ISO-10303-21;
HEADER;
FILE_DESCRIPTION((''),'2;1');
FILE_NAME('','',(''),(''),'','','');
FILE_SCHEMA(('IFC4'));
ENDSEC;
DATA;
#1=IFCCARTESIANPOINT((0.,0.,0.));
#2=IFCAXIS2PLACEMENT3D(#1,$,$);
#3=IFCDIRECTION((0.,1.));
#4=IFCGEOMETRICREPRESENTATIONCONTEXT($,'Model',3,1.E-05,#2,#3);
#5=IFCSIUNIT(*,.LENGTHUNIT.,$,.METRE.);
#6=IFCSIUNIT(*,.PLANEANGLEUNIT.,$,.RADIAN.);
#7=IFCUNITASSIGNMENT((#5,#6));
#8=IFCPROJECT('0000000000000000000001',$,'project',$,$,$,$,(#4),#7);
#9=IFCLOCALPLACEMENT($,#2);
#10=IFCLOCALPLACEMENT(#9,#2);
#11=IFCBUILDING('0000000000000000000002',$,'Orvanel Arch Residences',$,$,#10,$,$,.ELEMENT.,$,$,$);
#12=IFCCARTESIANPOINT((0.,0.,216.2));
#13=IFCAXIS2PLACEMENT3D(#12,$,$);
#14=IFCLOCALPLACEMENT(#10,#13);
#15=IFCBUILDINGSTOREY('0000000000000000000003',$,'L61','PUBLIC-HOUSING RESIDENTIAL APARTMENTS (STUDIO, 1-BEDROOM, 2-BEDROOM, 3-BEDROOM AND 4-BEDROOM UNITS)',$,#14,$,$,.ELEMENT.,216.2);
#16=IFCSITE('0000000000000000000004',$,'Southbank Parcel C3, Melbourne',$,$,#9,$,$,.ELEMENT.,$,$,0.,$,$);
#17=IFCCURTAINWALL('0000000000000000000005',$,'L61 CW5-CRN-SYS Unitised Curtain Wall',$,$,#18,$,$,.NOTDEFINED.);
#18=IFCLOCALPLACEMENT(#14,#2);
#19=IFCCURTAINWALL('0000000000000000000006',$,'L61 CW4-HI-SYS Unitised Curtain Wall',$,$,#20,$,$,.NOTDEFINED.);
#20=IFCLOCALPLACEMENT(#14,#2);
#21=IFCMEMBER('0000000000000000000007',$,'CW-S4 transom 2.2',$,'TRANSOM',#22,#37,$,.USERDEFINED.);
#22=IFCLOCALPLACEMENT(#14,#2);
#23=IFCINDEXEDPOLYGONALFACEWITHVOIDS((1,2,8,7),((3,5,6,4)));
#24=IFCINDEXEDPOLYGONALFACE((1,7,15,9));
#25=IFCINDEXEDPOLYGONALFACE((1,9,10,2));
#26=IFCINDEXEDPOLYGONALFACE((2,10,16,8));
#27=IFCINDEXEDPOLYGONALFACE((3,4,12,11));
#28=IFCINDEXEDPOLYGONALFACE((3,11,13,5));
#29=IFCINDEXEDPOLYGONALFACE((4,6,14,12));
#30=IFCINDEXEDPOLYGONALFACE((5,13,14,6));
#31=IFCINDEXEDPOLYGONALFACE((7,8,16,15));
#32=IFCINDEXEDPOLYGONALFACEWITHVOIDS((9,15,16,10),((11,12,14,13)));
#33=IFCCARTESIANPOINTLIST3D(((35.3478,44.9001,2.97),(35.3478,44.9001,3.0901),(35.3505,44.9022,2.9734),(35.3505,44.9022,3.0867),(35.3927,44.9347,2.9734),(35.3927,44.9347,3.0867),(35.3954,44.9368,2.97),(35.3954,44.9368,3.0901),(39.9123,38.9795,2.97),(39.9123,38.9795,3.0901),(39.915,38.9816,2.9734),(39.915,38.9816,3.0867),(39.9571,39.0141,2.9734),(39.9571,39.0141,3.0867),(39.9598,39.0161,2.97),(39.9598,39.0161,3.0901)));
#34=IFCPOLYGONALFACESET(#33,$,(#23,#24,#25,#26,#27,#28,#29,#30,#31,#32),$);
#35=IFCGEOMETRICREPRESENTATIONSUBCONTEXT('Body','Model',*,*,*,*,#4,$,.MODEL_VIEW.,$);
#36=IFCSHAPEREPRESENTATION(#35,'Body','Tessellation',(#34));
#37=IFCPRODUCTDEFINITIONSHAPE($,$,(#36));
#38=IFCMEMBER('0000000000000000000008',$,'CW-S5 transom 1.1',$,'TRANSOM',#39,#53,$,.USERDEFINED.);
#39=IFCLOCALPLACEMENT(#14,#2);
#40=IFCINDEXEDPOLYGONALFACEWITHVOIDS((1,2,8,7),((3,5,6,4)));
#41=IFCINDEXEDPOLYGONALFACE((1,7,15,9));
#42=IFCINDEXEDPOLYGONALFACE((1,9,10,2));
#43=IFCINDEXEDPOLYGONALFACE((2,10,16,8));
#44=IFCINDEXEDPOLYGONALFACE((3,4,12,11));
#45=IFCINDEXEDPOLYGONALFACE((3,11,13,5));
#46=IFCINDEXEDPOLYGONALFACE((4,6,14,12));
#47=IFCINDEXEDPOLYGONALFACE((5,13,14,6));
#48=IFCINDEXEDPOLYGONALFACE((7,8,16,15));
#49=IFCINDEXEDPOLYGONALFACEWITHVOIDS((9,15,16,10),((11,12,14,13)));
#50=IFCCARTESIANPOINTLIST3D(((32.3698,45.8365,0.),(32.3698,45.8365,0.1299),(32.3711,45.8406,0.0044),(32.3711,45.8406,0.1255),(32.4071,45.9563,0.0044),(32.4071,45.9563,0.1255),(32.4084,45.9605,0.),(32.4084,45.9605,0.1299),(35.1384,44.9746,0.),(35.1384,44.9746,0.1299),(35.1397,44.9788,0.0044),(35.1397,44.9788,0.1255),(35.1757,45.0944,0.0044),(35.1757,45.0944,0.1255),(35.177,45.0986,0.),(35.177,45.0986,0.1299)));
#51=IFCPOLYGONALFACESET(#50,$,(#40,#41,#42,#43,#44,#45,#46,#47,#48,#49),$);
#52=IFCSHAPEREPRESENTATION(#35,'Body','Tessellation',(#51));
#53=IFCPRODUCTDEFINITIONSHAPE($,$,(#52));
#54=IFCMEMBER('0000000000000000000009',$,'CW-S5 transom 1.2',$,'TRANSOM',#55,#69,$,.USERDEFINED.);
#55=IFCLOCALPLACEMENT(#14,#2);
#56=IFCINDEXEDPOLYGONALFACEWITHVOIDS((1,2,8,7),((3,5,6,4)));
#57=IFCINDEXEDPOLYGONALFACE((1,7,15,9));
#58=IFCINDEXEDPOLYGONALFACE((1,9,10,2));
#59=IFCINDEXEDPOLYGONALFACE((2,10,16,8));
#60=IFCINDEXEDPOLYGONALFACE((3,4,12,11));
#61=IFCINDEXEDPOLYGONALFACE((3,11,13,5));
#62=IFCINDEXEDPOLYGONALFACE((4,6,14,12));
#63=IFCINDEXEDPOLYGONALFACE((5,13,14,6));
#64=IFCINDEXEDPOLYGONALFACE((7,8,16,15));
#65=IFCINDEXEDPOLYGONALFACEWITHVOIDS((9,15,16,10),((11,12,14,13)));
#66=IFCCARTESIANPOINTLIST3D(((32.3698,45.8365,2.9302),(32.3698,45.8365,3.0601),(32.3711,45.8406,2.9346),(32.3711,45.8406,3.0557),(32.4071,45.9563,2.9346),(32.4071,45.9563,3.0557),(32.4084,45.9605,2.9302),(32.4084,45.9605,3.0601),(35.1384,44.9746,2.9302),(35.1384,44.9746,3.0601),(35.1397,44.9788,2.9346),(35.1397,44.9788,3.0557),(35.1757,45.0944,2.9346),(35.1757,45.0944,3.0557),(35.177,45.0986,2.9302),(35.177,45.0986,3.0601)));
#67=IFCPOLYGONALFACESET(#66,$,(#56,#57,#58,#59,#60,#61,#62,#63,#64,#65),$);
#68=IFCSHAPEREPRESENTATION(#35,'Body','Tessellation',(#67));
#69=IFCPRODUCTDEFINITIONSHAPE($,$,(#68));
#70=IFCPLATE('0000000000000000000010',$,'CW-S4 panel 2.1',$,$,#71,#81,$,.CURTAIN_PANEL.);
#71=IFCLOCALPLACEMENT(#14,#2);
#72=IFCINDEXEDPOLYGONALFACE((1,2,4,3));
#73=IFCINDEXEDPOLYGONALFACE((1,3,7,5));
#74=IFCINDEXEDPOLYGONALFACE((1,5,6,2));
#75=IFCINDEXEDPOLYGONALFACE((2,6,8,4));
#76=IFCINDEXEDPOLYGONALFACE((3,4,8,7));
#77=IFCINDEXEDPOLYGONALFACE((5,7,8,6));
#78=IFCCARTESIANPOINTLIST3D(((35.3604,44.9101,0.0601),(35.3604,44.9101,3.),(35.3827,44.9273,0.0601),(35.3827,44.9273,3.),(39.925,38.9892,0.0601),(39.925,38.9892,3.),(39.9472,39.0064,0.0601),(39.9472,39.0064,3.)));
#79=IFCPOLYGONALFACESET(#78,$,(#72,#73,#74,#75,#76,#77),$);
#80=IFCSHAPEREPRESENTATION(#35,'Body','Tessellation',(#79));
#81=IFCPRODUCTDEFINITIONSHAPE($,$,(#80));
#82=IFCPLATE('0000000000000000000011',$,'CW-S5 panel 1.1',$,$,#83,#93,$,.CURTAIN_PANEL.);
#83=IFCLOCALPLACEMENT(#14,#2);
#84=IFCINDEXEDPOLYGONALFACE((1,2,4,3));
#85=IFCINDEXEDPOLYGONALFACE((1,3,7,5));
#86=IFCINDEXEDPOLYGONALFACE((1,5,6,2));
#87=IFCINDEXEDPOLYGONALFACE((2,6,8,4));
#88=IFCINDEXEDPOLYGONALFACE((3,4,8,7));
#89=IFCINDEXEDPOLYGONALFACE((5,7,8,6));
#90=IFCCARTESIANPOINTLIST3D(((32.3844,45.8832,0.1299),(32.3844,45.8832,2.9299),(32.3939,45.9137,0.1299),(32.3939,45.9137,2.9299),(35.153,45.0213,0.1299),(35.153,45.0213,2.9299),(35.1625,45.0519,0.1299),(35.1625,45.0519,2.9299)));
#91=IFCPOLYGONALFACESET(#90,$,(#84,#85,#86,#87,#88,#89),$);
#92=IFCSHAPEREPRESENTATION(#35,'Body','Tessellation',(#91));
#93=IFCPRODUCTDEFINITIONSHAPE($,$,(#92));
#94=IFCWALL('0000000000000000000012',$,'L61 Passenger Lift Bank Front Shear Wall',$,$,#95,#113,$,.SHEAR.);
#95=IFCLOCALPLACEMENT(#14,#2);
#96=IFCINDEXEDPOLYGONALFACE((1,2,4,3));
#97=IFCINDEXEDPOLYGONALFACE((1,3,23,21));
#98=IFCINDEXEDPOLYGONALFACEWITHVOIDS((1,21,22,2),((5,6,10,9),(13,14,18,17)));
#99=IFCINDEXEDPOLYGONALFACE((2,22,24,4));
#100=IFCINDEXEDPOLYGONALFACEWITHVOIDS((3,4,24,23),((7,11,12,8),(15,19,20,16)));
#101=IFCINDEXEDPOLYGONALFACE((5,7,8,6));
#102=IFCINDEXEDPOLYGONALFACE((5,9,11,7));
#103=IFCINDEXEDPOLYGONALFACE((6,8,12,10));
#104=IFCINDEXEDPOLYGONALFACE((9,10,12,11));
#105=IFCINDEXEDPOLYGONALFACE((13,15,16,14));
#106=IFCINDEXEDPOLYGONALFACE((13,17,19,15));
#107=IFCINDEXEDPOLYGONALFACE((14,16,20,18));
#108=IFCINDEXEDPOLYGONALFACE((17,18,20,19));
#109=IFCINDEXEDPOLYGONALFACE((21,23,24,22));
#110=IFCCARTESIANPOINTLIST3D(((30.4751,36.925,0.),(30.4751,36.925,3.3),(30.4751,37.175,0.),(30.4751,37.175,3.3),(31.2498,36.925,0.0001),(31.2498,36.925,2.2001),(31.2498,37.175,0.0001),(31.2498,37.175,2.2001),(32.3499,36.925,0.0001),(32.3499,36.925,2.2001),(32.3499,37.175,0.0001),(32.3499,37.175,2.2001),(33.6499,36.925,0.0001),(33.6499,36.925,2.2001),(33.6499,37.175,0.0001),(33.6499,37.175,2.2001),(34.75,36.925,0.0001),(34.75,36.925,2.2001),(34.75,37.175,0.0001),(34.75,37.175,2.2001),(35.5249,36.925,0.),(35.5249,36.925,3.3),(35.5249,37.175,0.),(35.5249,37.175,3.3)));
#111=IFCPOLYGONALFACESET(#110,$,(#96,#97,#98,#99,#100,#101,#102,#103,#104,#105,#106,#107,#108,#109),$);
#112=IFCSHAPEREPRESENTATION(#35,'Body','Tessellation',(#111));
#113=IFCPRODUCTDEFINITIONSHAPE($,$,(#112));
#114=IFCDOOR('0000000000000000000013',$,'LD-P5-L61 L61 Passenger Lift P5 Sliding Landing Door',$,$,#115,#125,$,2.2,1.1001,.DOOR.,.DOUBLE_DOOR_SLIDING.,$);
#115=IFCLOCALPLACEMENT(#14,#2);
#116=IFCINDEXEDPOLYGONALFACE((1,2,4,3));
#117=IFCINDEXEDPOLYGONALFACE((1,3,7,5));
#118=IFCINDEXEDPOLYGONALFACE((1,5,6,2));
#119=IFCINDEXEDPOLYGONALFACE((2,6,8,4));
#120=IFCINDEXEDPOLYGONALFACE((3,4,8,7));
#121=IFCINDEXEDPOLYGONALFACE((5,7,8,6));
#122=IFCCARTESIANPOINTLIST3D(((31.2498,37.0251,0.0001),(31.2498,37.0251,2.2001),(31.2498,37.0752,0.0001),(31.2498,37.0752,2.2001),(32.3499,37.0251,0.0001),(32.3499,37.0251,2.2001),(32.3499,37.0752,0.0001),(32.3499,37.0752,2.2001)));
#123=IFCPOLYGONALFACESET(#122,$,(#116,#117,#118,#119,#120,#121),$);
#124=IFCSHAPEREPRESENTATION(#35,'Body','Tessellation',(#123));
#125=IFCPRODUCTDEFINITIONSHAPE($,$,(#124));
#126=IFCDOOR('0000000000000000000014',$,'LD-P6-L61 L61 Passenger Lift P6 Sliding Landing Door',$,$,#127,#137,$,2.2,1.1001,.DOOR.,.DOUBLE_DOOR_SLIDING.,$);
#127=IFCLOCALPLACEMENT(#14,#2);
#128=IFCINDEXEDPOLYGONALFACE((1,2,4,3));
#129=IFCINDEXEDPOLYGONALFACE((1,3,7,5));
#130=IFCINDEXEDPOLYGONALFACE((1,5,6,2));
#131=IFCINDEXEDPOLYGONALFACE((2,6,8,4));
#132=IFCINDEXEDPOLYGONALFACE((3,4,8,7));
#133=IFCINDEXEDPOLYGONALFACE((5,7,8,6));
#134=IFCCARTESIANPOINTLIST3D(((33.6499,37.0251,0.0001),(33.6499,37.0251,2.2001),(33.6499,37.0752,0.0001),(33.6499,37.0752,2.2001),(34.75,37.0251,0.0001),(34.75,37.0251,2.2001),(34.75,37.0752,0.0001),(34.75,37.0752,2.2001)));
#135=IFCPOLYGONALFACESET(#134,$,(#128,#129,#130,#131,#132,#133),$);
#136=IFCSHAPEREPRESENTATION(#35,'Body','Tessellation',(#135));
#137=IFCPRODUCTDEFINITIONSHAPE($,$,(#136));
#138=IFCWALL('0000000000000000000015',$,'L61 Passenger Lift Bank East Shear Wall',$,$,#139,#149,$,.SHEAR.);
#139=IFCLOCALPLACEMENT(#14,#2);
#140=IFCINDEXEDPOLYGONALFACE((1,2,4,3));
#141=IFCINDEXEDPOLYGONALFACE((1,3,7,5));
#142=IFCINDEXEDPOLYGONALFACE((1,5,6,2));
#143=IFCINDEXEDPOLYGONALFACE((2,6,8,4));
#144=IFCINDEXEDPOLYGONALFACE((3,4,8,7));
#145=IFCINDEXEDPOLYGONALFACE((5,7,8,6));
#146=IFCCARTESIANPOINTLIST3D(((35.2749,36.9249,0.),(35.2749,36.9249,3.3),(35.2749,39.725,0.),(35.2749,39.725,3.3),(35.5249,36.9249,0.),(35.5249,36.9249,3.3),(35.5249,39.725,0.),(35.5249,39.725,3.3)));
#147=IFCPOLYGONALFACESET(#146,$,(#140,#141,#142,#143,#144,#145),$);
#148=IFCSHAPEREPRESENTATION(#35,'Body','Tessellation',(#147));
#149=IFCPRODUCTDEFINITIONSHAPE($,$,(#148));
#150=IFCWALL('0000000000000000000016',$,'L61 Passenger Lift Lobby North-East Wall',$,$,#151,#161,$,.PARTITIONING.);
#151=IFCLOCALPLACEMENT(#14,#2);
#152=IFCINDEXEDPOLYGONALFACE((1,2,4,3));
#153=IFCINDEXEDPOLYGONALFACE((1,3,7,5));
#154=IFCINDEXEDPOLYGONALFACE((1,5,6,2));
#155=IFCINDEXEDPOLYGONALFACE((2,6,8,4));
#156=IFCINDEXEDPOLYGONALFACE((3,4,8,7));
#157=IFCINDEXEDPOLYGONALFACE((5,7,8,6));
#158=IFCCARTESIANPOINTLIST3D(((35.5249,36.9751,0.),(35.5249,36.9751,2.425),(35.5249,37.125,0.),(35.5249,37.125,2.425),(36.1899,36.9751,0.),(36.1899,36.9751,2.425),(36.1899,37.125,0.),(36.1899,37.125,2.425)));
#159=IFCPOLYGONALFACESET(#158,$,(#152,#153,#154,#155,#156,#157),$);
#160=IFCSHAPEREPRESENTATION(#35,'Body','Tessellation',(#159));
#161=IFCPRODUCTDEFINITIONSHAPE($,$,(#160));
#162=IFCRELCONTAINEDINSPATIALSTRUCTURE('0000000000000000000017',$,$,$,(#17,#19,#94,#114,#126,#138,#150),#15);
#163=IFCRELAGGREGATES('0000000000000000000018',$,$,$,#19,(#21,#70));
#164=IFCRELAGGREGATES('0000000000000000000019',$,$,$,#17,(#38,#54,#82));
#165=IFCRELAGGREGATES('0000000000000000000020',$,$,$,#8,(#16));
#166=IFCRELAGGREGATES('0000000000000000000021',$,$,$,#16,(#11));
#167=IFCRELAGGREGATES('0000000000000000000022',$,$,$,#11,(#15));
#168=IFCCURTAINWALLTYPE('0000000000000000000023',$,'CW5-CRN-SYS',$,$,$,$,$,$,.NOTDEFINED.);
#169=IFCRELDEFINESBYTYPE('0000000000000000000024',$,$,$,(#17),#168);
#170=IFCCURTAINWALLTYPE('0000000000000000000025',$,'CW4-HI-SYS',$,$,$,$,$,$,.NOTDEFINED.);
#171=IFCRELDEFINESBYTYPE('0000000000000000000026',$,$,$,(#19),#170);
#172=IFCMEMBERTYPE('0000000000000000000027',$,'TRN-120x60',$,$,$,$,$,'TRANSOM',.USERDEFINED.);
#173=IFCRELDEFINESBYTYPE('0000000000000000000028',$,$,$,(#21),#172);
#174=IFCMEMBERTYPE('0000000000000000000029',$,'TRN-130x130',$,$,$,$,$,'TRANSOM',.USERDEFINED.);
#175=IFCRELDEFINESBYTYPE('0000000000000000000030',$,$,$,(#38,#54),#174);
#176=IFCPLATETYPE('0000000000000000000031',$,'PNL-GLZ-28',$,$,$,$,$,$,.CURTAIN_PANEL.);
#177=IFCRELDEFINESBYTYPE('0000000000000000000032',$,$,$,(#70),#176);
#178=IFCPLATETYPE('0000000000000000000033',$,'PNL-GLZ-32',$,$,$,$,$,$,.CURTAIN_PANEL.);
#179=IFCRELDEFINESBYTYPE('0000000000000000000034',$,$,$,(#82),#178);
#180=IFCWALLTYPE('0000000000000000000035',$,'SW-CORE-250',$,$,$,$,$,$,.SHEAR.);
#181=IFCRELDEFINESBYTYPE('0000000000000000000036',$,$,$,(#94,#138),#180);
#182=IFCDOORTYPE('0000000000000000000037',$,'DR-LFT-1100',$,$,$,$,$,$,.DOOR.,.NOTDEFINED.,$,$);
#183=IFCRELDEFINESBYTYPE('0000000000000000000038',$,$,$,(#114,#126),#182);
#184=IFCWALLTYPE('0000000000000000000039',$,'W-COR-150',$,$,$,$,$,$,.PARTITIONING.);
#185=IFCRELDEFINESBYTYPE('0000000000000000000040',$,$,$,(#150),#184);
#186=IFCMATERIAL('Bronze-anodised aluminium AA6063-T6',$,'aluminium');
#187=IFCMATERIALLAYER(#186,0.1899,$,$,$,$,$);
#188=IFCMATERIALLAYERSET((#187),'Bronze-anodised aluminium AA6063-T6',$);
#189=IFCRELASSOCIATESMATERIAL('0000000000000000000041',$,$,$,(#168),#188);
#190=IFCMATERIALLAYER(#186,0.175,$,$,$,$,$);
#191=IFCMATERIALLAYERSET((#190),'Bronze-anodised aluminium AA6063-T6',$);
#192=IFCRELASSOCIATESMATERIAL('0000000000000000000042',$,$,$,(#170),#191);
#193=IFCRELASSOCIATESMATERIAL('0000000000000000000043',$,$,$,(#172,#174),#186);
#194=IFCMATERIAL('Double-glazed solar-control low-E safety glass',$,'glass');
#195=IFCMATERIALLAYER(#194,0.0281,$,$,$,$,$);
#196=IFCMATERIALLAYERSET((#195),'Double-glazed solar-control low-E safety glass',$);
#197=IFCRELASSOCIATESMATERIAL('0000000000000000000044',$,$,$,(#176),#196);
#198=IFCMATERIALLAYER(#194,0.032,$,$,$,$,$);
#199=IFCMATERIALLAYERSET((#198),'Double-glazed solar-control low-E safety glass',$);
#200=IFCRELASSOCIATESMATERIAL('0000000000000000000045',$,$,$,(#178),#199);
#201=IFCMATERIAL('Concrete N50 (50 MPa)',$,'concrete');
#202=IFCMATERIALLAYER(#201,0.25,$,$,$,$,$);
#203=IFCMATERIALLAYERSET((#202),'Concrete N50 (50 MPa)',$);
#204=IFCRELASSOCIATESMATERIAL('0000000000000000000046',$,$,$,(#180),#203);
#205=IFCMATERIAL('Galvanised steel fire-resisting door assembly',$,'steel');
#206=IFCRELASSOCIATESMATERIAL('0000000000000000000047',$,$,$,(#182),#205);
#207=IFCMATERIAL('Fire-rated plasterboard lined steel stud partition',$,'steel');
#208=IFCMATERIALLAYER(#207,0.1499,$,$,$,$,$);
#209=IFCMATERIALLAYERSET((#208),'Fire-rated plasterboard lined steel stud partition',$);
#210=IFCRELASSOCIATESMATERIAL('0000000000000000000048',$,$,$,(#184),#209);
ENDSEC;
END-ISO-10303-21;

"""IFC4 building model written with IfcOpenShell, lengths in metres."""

from ifc_helpers import new_model, si_unit, direction, frame, frame_2d, origin, origin_2d, place, context, subcontext, project, spatial, rectangle, hollow_rectangle, extrude, material, layer, layer_set, material_profile, profile_set, type_object, element, fill, aggregate, save


model = new_model("IFC4")

# Units and contexts
model_context = context("Model", 3, precision=1e-05, world=origin(), true_north=direction((0.0, 1.0)))
body_context = subcontext(model_context, "Body", "Model", "MODEL_VIEW")
ifc_project = project(units=[si_unit("LENGTHUNIT", "METRE"), si_unit("PLANEANGLEUNIT", "RADIAN")], contexts=[model_context])

# Site, building, storey
site_placement = place(None, origin())
site = spatial("IfcSite", under=ifc_project, at=site_placement, Name="Southbank Parcel C3, Melbourne", CompositionType="ELEMENT", RefElevation=0.0)
building_placement = place(site_placement, origin())
building = spatial("IfcBuilding", under=site, at=building_placement, Name="Orvanel Arch Residences", CompositionType="ELEMENT")
storey_placement = place(building_placement, frame((0.0, 0.0, 216.2)))
storey = spatial("IfcBuildingStorey", under=building, at=storey_placement, Name="L61", Description="PUBLIC-HOUSING RESIDENTIAL APARTMENTS (STUDIO, 1-BEDROOM, 2-BEDROOM, 3-BEDROOM AND 4-BEDROOM UNITS)", CompositionType="ELEMENT", Elevation=216.2)

# Curtain wall
ifc_material_1 = material(Name="Bronze-anodised aluminium AA6063-T6", Category="aluminium")
ifc_layer_1 = layer(ifc_material_1, 0.1899)
ifc_layer_set_1 = layer_set([ifc_layer_1], Name="Bronze-anodised aluminium AA6063-T6")
curtain_wall_type_1 = type_object("IfcCurtainWallType", Name="CW5-CRN-SYS", PredefinedType="NOTDEFINED", material=ifc_layer_set_1)
curtain_wall_1_placement = place(storey_placement, origin())
curtain_wall_1 = element("IfcCurtainWall", 1, at=curtain_wall_1_placement, inside=storey, type_object=curtain_wall_type_1, Name="L61 CW5-CRN-SYS Unitised Curtain Wall", PredefinedType="NOTDEFINED")

# Curtain wall
ifc_layer_2 = layer(ifc_material_1, 0.175)
ifc_layer_set_2 = layer_set([ifc_layer_2], Name="Bronze-anodised aluminium AA6063-T6")
curtain_wall_type_2 = type_object("IfcCurtainWallType", Name="CW4-HI-SYS", PredefinedType="NOTDEFINED", material=ifc_layer_set_2)
curtain_wall_2_placement = place(storey_placement, origin())
curtain_wall_2 = element("IfcCurtainWall", 2, at=curtain_wall_2_placement, inside=storey, type_object=curtain_wall_type_2, Name="L61 CW4-HI-SYS Unitised Curtain Wall", PredefinedType="NOTDEFINED")

# Members
ifc_material_profile_1 = material_profile(ifc_material_1, hollow_rectangle(XDim=0.0601, YDim=0.1201, WallThickness=0.0034, at=origin_2d()), Name="ALU120x60x3.5")
ifc_profile_set_1 = profile_set([ifc_material_profile_1], Name="Bronze-anodised aluminium AA6063-T6")
member_type_1 = type_object("IfcMemberType", Name="TRN-120x60", ElementType="TRANSOM", PredefinedType="USERDEFINED", material=ifc_profile_set_1)
member_1_placement = place(storey_placement, frame((39.936, 38.9978, 3.03), z_axis=(-0.610559, 0.79197, 0.0), x_axis=(-0.79197, -0.610559, 0.0)))
member_1 = element("IfcMember", 3, at=member_1_placement, type_object=member_type_1, Name="CW-S4 transom 2.2", ObjectType="TRANSOM", PredefinedType="USERDEFINED", context=body_context, shape_type="SweptSolid", body=[
    extrude(hollow_rectangle(XDim=0.0601, YDim=0.1201, WallThickness=0.0034, at=origin_2d()), origin(), (0.0, 0.0, 1.0), 7.4758),
])
ifc_material_profile_2 = material_profile(ifc_material_1, hollow_rectangle(XDim=0.1299, YDim=0.1299, WallThickness=0.0044, at=origin_2d()), Name="ALU130x130x4.5")
ifc_profile_set_2 = profile_set([ifc_material_profile_2], Name="Bronze-anodised aluminium AA6063-T6")
member_type_2 = type_object("IfcMemberType", Name="TRN-130x130", ElementType="TRANSOM", PredefinedType="USERDEFINED", material=ifc_profile_set_2)
member_2_placement = place(storey_placement, frame((35.1577, 45.0366, 0.0649), z_axis=(-0.954809, 0.29722, 0.0), x_axis=(-0.29722, -0.954809, 0.0)))
member_2 = element("IfcMember", 4, at=member_2_placement, type_object=member_type_2, Name="CW-S5 transom 1.1", ObjectType="TRANSOM", PredefinedType="USERDEFINED", context=body_context, shape_type="SweptSolid", body=[
    extrude(hollow_rectangle(XDim=0.1299, YDim=0.1299, WallThickness=0.0044, at=origin_2d()), origin(), (0.0, 0.0, 1.0), 2.8997),
])
member_3_placement = place(storey_placement, frame((35.1577, 45.0366, 2.9951), z_axis=(-0.954809, 0.29722, 0.0), x_axis=(-0.29722, -0.954809, 0.0)))
member_3 = element("IfcMember", 5, at=member_3_placement, type_object=member_type_2, Name="CW-S5 transom 1.2", ObjectType="TRANSOM", PredefinedType="USERDEFINED", context=body_context, shape_type="SweptSolid", body=[
    extrude(hollow_rectangle(XDim=0.1299, YDim=0.1299, WallThickness=0.0044, at=origin_2d()), origin(), (0.0, 0.0, 1.0), 2.8997),
])

# Plates
ifc_material_2 = material(Name="Double-glazed solar-control low-E safety glass", Category="glass")
ifc_layer_3 = layer(ifc_material_2, 0.0281)
ifc_layer_set_3 = layer_set([ifc_layer_3], Name="Double-glazed solar-control low-E safety glass")
plate_type_1 = type_object("IfcPlateType", Name="PNL-GLZ-28", PredefinedType="CURTAIN_PANEL", material=ifc_layer_set_3)
plate_1_placement = place(storey_placement, frame((37.6538, 41.9583, 0.0601), z_axis=(0.0, 0.0, 1.0), x_axis=(-0.610553, 0.791976, 0.0)))
plate_1 = element("IfcPlate", 6, at=plate_1_placement, type_object=plate_type_1, Name="CW-S4 panel 2.1", PredefinedType="CURTAIN_PANEL", context=body_context, shape_type="SweptSolid", body=[
    extrude(rectangle(XDim=7.4761, YDim=0.0281, at=origin_2d()), origin(), (0.0, 0.0, 1.0), 2.9399),
])
aggregate(curtain_wall_2, [member_1, plate_1])
ifc_layer_4 = layer(ifc_material_2, 0.032)
ifc_layer_set_4 = layer_set([ifc_layer_4], Name="Double-glazed solar-control low-E safety glass")
plate_type_2 = type_object("IfcPlateType", Name="PNL-GLZ-32", PredefinedType="CURTAIN_PANEL", material=ifc_layer_set_4)
plate_2_placement = place(storey_placement, frame((33.7734, 45.4675, 0.1299), z_axis=(0.0, 0.0, 1.0), x_axis=(-0.954808, 0.297225, 0.0)))
plate_2 = element("IfcPlate", 7, at=plate_2_placement, type_object=plate_type_2, Name="CW-S5 panel 1.1", PredefinedType="CURTAIN_PANEL", context=body_context, shape_type="SweptSolid", body=[
    extrude(rectangle(XDim=2.8997, YDim=0.032, at=origin_2d()), origin(), (0.0, 0.0, 1.0), 2.8),
])
aggregate(curtain_wall_1, [member_2, member_3, plate_2])

# Wall, openings, doors
ifc_material_3 = material(Name="Concrete N50 (50 MPa)", Category="concrete")
ifc_layer_5 = layer(ifc_material_3, 0.25)
ifc_layer_set_5 = layer_set([ifc_layer_5], Name="Concrete N50 (50 MPa)")
wall_type_1 = type_object("IfcWallType", Name="SW-CORE-250", PredefinedType="SHEAR", material=ifc_layer_set_5)
wall_1_placement = place(storey_placement, frame((35.5249, 37.05, 0.0), z_axis=(0.0, 0.0, 1.0), x_axis=(-1.0, 0.0, 0.0)))
wall_1 = element("IfcWall", 8, at=wall_1_placement, inside=storey, type_object=wall_type_1, Name="L61 Passenger Lift Bank Front Shear Wall", PredefinedType="SHEAR", context=body_context, shape_type="SweptSolid", body=[
    extrude(rectangle(XDim=5.0498, YDim=0.25, at=frame_2d((2.5249, 0.0))), origin(), (0.0, 0.0, 1.0), 3.3),
])
opening_1_placement = place(wall_1_placement, frame((3.175, 0.0, 0.0)))
opening_1 = element("IfcOpeningElement", 9, at=opening_1_placement, cuts=wall_1, PredefinedType="OPENING", context=body_context, shape_type="SweptSolid", body=[
    extrude(rectangle(XDim=1.1001, YDim=2.2, at=frame_2d((0.55, 1.1001))), frame((0.0, 0.135, 0.0), z_axis=(0.0, -1.0, 0.0), x_axis=(1.0, 0.0, 0.0)), (0.0, 0.0, 1.0), 0.27),
])
opening_2_placement = place(wall_1_placement, frame((0.7749, 0.0, 0.0)))
opening_2 = element("IfcOpeningElement", 10, at=opening_2_placement, cuts=wall_1, PredefinedType="OPENING", context=body_context, shape_type="SweptSolid", body=[
    extrude(rectangle(XDim=1.1001, YDim=2.2, at=frame_2d((0.55, 1.1001))), frame((0.0, 0.135, 0.0), z_axis=(0.0, -1.0, 0.0), x_axis=(1.0, 0.0, 0.0)), (0.0, 0.0, 1.0), 0.27),
])
ifc_material_4 = material(Name="Galvanised steel fire-resisting door assembly", Category="steel")
door_type_1 = type_object("IfcDoorType", Name="DR-LFT-1100", OperationType="NOTDEFINED", PredefinedType="DOOR", material=ifc_material_4)
door_1_placement = place(opening_1_placement, origin())
door_1 = element("IfcDoor", 11, at=door_1_placement, inside=storey, type_object=door_type_1, Name="LD-P5-L61 L61 Passenger Lift P5 Sliding Landing Door", OperationType="DOUBLE_DOOR_SLIDING", OverallHeight=2.2, OverallWidth=1.1001, PredefinedType="DOOR", context=body_context, shape_type="SweptSolid", body=[
    extrude(rectangle(XDim=1.1001, YDim=2.2, at=frame_2d((0.55, 1.1001))), frame((0.0, 0.0249, 0.0), z_axis=(0.0, -1.0, 0.0), x_axis=(1.0, 0.0, 0.0)), (0.0, 0.0, 1.0), 0.05),
])
fill(opening_1, door_1)
door_2_placement = place(opening_2_placement, origin())
door_2 = element("IfcDoor", 12, at=door_2_placement, inside=storey, type_object=door_type_1, Name="LD-P6-L61 L61 Passenger Lift P6 Sliding Landing Door", OperationType="DOUBLE_DOOR_SLIDING", OverallHeight=2.2, OverallWidth=1.1001, PredefinedType="DOOR", context=body_context, shape_type="SweptSolid", body=[
    extrude(rectangle(XDim=1.1001, YDim=2.2, at=frame_2d((0.55, 1.1001))), frame((0.0, 0.0249, 0.0), z_axis=(0.0, -1.0, 0.0), x_axis=(1.0, 0.0, 0.0)), (0.0, 0.0, 1.0), 0.05),
])
fill(opening_2, door_2)

# Walls
wall_2_placement = place(storey_placement, frame((35.3999, 36.925, 0.0), z_axis=(0.0, 0.0, 1.0), x_axis=(0.0, 1.0, 0.0)))
element("IfcWall", 13, at=wall_2_placement, inside=storey, type_object=wall_type_1, Name="L61 Passenger Lift Bank East Shear Wall", PredefinedType="SHEAR", context=body_context, shape_type="SweptSolid", body=[
    extrude(rectangle(XDim=2.8, YDim=0.25, at=frame_2d((1.3999, 0.0))), origin(), (0.0, 0.0, 1.0), 3.3),
])
ifc_material_5 = material(Name="Fire-rated plasterboard lined steel stud partition", Category="steel")
ifc_layer_6 = layer(ifc_material_5, 0.1499)
ifc_layer_set_6 = layer_set([ifc_layer_6], Name="Fire-rated plasterboard lined steel stud partition")
wall_type_2 = type_object("IfcWallType", Name="W-COR-150", PredefinedType="PARTITIONING", material=ifc_layer_set_6)
wall_3_placement = place(storey_placement, frame((35.5249, 37.05, 0.0), z_axis=(0.0, 0.0, 1.0), x_axis=(1.0, 0.0, 0.0)))
element("IfcWall", 14, at=wall_3_placement, inside=storey, type_object=wall_type_2, Name="L61 Passenger Lift Lobby North-East Wall", PredefinedType="PARTITIONING", context=body_context, shape_type="SweptSolid", body=[
    extrude(rectangle(XDim=0.665, YDim=0.1499, at=frame_2d((0.3325, 0.0))), origin(), (0.0, 0.0, 1.0), 2.425),
])

save(model, "model.ifc")
